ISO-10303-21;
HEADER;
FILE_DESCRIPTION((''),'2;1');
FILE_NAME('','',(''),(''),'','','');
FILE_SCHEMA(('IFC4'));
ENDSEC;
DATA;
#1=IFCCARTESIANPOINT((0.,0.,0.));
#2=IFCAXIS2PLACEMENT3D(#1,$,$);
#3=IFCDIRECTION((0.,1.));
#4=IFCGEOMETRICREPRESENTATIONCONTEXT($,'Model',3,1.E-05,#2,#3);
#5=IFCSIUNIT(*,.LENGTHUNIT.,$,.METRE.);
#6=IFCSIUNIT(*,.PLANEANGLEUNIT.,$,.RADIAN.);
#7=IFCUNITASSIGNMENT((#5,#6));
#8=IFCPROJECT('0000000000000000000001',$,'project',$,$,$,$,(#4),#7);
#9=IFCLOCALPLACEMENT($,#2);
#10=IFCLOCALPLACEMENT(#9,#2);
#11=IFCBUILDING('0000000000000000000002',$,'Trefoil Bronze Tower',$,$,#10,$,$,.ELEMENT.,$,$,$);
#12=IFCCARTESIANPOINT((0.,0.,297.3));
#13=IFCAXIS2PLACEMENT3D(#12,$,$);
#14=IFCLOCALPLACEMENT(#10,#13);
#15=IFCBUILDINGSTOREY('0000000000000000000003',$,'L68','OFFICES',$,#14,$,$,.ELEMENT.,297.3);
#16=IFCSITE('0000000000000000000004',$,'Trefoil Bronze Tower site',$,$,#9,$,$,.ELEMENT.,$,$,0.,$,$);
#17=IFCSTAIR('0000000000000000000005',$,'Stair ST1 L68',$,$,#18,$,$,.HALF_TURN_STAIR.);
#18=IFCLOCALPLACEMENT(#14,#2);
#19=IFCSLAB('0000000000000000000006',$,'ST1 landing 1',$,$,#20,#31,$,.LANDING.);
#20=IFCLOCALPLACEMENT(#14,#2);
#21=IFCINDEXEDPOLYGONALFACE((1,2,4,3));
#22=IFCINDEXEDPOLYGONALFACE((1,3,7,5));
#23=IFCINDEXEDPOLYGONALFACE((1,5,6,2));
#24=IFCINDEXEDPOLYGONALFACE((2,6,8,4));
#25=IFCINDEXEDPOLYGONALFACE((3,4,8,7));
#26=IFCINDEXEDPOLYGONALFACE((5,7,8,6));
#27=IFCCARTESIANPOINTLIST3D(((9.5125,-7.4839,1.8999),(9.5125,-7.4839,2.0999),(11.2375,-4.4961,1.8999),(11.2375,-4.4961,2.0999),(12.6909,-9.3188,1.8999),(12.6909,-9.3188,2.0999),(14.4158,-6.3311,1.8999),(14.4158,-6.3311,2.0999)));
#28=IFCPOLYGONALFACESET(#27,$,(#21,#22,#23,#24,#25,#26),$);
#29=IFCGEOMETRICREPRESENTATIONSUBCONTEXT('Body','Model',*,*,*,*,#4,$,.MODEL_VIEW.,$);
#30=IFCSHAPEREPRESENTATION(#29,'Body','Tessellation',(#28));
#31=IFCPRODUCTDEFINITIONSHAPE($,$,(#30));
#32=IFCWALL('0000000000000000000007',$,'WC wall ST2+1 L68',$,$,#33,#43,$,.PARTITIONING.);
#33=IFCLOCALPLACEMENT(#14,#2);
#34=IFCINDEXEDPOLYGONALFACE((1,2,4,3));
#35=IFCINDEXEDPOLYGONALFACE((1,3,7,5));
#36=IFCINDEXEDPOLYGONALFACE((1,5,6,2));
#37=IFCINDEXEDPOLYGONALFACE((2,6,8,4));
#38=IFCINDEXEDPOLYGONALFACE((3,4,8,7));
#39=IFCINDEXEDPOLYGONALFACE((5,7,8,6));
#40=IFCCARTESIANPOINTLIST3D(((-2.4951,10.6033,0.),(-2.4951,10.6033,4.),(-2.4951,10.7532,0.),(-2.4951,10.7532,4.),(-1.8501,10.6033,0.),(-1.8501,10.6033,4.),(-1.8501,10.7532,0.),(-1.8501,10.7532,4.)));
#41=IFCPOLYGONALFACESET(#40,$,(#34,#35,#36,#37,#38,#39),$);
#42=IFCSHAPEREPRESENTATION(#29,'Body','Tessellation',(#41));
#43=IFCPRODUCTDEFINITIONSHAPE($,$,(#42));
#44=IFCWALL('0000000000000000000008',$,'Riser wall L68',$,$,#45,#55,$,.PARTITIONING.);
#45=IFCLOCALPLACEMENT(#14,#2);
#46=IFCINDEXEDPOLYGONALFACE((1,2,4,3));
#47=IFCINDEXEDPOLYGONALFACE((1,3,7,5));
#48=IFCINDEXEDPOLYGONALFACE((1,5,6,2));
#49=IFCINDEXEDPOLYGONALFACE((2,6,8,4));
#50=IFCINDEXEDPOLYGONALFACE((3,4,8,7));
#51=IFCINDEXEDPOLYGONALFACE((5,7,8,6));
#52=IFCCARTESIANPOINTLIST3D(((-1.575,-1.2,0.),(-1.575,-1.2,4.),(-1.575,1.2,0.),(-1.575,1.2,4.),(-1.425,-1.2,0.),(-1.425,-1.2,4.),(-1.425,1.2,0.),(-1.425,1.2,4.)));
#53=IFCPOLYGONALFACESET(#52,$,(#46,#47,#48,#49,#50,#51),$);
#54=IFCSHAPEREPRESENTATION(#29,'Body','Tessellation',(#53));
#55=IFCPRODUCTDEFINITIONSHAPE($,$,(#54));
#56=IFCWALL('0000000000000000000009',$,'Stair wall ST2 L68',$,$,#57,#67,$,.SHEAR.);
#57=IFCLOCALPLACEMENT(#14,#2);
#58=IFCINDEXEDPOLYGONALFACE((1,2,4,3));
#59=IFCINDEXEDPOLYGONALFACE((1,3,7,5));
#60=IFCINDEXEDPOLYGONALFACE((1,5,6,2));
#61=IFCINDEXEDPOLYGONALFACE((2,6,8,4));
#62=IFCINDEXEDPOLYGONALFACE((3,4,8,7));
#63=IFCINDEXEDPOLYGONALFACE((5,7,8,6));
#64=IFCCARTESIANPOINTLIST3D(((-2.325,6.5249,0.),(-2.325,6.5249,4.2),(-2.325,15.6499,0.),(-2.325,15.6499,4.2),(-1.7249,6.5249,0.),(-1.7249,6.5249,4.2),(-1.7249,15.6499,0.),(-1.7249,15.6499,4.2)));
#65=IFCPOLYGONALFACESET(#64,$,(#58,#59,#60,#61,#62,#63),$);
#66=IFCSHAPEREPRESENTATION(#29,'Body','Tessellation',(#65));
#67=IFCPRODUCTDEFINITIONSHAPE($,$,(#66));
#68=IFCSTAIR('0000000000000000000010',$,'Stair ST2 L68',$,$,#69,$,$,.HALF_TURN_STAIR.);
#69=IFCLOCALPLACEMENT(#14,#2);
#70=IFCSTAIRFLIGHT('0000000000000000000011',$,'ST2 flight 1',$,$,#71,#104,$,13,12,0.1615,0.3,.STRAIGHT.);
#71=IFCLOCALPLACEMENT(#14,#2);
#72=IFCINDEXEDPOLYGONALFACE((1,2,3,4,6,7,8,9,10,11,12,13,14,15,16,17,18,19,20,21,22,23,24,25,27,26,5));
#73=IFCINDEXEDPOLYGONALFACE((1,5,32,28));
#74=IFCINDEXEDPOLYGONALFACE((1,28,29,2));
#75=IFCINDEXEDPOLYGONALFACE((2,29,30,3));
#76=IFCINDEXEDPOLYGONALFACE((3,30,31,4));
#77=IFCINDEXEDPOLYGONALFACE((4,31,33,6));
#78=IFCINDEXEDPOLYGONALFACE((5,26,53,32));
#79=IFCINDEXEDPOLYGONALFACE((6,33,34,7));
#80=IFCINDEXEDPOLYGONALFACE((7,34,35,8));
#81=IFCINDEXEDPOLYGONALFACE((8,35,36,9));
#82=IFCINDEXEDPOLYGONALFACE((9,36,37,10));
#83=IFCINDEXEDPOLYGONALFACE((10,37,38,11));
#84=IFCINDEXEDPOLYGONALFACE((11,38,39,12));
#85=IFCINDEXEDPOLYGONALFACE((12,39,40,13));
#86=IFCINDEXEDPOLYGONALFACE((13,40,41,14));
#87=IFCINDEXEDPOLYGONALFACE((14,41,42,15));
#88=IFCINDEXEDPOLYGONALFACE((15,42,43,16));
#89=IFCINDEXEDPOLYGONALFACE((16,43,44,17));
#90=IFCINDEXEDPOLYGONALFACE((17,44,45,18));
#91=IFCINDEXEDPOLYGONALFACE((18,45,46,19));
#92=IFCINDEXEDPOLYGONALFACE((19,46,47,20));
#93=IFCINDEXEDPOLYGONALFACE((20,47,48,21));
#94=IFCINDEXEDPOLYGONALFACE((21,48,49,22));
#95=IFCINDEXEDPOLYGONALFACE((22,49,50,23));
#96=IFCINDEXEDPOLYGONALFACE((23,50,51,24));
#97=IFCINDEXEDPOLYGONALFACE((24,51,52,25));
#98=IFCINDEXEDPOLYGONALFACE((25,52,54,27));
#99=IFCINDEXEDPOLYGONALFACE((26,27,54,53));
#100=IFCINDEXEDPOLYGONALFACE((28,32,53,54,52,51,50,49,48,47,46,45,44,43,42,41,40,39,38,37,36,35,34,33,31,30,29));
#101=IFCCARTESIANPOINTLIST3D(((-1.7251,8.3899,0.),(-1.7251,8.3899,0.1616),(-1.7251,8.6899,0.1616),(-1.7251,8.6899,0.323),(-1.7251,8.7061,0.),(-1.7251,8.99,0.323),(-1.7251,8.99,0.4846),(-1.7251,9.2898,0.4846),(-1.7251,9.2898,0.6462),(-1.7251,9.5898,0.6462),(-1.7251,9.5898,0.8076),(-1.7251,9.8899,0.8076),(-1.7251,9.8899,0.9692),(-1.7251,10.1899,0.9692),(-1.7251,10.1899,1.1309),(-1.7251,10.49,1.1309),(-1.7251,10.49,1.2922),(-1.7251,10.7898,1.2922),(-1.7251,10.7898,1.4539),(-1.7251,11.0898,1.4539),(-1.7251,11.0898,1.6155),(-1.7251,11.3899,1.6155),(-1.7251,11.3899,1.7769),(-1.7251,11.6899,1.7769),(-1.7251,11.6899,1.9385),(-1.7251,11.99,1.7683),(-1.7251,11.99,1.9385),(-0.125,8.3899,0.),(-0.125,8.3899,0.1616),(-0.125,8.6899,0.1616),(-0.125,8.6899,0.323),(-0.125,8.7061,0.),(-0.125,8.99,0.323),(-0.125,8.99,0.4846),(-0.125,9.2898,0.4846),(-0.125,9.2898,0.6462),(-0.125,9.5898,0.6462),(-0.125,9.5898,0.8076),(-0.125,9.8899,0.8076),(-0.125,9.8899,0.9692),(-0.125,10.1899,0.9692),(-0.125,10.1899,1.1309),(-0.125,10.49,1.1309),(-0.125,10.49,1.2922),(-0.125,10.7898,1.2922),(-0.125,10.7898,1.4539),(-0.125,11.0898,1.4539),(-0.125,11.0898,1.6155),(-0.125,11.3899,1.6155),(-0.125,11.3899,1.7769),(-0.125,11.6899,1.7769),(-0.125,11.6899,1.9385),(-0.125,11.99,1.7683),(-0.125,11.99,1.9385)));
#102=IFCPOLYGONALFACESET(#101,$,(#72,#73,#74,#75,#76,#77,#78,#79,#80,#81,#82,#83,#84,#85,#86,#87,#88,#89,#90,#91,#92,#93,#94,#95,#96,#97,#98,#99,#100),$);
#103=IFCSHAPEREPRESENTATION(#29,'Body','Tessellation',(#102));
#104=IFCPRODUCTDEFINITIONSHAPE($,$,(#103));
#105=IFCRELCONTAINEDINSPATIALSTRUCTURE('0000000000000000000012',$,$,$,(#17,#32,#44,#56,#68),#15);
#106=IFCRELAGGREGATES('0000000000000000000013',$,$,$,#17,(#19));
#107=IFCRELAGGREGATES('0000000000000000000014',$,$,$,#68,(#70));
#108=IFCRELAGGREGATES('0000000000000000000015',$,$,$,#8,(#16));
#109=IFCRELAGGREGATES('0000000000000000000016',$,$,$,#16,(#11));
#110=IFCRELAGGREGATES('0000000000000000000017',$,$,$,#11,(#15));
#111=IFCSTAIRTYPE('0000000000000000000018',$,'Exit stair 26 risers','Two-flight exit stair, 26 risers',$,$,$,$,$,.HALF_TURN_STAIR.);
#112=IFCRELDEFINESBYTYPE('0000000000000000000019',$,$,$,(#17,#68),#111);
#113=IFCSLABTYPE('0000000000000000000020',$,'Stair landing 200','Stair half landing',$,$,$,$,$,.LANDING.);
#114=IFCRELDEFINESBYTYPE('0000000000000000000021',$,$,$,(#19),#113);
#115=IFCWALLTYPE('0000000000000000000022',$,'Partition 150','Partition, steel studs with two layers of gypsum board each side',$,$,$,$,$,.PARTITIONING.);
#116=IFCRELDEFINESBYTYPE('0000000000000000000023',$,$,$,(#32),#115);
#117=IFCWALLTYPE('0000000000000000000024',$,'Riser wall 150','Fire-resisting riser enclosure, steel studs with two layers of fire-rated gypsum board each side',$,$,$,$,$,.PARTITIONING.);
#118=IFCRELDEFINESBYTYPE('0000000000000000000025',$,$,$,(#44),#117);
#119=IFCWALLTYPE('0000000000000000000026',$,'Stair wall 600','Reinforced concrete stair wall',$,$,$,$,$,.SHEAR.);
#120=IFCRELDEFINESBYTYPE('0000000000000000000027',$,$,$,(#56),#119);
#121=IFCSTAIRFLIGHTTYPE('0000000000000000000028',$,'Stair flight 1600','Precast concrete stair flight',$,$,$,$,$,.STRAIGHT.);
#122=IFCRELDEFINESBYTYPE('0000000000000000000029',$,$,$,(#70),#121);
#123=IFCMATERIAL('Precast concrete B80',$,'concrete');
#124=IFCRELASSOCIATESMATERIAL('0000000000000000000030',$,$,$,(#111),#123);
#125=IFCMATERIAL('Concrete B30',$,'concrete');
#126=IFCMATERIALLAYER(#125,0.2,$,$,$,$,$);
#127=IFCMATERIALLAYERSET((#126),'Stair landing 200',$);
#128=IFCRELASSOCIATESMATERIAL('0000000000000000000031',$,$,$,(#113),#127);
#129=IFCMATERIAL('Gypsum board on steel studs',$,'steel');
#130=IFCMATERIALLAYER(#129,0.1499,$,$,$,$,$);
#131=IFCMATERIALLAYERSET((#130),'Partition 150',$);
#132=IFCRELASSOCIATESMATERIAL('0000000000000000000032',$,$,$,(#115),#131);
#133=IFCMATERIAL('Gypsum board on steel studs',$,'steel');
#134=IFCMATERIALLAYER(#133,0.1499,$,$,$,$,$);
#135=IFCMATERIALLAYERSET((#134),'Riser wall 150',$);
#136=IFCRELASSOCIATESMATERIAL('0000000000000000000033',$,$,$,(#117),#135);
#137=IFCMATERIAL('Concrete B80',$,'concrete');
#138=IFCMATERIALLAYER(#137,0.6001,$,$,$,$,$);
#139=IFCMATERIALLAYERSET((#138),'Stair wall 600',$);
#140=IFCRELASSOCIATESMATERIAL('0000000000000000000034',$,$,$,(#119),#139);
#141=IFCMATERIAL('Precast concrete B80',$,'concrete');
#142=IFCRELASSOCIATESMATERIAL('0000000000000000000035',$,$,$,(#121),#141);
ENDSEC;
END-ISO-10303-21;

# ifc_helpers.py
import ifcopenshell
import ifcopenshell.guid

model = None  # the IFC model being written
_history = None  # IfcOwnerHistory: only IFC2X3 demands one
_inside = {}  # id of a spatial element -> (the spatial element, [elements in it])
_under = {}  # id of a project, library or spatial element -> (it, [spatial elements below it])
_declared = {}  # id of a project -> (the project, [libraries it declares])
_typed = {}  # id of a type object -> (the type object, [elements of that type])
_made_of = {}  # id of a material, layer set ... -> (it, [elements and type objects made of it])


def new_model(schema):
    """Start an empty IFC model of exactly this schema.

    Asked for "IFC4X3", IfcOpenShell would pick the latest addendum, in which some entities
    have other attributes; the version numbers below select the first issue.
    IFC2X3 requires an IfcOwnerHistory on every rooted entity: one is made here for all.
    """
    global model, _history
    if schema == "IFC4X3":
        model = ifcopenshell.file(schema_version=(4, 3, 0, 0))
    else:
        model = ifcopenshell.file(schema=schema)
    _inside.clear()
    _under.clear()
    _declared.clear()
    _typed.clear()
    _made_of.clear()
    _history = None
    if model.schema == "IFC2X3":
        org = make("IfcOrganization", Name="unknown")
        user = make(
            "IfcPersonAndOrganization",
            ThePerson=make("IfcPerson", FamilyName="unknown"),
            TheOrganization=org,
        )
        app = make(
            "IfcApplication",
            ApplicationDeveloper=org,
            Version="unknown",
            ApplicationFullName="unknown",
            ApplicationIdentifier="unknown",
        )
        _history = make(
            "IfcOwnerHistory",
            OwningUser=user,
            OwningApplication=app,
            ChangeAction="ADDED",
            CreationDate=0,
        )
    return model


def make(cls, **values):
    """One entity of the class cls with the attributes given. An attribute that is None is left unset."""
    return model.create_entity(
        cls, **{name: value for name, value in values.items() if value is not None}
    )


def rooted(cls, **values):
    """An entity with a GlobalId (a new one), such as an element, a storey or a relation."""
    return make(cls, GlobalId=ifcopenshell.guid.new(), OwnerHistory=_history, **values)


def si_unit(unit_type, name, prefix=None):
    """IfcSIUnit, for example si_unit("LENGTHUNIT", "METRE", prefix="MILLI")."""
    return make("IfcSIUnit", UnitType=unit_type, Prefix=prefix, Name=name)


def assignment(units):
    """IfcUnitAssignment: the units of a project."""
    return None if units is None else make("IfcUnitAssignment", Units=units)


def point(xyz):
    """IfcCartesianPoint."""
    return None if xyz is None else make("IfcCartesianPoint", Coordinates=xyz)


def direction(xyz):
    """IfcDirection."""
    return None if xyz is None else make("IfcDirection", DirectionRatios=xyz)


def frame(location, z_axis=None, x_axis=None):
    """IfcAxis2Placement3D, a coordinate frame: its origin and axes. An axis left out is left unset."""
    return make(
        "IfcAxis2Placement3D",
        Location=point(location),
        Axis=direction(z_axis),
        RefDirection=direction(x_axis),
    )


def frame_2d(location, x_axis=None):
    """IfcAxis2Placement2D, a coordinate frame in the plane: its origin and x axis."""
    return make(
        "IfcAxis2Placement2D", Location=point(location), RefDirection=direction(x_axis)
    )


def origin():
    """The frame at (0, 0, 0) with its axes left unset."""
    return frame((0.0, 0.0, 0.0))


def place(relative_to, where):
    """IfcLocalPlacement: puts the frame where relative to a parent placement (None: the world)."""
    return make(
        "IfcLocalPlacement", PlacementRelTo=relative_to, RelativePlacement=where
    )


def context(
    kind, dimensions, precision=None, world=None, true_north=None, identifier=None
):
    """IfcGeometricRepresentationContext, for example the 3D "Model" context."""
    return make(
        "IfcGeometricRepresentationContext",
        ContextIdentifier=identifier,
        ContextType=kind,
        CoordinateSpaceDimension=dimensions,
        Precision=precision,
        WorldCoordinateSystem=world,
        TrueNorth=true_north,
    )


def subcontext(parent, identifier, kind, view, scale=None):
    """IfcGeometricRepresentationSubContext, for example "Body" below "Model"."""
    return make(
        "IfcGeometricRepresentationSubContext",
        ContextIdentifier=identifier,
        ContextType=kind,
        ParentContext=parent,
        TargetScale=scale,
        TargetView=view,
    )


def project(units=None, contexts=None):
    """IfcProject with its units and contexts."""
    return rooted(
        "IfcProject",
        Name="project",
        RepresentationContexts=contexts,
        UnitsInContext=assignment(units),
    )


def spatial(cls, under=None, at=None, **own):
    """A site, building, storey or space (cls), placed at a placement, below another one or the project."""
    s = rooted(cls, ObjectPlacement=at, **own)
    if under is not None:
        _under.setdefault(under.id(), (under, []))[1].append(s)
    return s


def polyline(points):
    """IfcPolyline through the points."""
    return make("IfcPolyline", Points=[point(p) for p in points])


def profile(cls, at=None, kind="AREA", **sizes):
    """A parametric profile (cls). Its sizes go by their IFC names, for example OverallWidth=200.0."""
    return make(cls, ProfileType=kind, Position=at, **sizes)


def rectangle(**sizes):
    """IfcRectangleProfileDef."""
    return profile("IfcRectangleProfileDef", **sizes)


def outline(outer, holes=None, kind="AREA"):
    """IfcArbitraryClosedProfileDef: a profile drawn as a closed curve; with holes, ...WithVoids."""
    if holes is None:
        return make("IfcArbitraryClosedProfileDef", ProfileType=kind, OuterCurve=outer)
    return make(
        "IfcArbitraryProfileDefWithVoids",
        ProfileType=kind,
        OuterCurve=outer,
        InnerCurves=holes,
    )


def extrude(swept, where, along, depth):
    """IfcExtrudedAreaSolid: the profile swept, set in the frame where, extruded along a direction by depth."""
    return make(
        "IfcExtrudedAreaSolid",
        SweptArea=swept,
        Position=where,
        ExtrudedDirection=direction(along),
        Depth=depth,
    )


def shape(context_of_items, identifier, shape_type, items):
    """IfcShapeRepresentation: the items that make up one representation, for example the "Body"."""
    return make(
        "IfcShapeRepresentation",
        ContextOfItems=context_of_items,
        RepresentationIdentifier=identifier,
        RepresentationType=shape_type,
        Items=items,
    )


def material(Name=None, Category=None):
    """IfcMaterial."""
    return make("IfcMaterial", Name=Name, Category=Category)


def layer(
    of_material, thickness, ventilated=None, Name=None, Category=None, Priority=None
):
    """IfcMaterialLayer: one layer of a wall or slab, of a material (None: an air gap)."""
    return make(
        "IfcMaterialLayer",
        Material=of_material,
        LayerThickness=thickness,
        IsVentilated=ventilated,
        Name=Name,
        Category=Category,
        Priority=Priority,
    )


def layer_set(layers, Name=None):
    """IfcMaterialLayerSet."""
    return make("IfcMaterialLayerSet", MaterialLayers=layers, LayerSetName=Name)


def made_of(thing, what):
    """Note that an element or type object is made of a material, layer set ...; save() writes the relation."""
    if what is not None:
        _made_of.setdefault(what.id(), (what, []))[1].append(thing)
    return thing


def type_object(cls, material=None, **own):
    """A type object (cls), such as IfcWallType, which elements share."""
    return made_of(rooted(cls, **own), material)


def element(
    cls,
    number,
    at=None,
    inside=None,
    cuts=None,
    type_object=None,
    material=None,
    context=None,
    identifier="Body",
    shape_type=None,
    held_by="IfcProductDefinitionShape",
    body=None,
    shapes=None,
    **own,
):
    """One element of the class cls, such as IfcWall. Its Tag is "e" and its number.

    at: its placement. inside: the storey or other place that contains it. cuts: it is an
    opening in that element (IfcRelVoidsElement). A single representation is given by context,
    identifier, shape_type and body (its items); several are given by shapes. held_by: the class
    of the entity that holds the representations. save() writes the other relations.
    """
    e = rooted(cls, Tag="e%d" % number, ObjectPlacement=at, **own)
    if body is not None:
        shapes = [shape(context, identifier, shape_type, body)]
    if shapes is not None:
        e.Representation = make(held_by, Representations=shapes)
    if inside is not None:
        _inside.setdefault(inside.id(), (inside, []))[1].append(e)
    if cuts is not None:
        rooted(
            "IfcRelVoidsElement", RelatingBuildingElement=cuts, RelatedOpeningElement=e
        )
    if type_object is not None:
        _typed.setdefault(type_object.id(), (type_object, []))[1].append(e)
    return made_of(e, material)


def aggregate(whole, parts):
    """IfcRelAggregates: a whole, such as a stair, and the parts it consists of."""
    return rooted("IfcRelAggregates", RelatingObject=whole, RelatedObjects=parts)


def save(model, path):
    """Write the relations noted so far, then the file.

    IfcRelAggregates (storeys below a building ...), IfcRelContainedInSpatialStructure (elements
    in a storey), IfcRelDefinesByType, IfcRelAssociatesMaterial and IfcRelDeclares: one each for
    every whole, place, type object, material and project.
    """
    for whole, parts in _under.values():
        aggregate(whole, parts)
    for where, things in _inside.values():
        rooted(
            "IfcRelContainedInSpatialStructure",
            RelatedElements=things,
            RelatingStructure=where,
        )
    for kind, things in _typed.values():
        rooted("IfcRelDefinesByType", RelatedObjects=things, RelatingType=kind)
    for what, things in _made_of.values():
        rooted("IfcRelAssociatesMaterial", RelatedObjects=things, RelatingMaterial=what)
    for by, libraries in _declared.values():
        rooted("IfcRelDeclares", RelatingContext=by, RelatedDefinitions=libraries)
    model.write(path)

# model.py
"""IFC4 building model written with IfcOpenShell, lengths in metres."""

from ifc_helpers import new_model, si_unit, direction, frame, frame_2d, origin, place, context, subcontext, project, spatial, polyline, rectangle, outline, extrude, material, layer, layer_set, type_object, element, aggregate, save


model = new_model("IFC4")

# Units and contexts
model_context = context("Model", 3, precision=1e-05, world=origin(), true_north=direction((0.0, 1.0)))
body_context = subcontext(model_context, "Body", "Model", "MODEL_VIEW")
ifc_project = project(units=[si_unit("LENGTHUNIT", "METRE"), si_unit("PLANEANGLEUNIT", "RADIAN")], contexts=[model_context])

# Site, building, storey
site_placement = place(None, origin())
site = spatial("IfcSite", under=ifc_project, at=site_placement, Name="Trefoil Bronze Tower site", CompositionType="ELEMENT", RefElevation=0.0)
building_placement = place(site_placement, origin())
building = spatial("IfcBuilding", under=site, at=building_placement, Name="Trefoil Bronze Tower", CompositionType="ELEMENT")
storey_placement = place(building_placement, frame((0.0, 0.0, 297.3)))
storey = spatial("IfcBuildingStorey", under=building, at=storey_placement, Name="L68", Description="OFFICES", CompositionType="ELEMENT", Elevation=297.3)

# Stair, slab
ifc_material_1 = material(Name="Precast concrete B80", Category="concrete")
stair_type = type_object("IfcStairType", Name="Exit stair 26 risers", Description="Two-flight exit stair, 26 risers", PredefinedType="HALF_TURN_STAIR", material=ifc_material_1)
stair_1_placement = place(storey_placement, origin())
stair_1 = element("IfcStair", 1, at=stair_1_placement, inside=storey, type_object=stair_type, Name="Stair ST1 L68", PredefinedType="HALF_TURN_STAIR")
ifc_material_2 = material(Name="Concrete B30", Category="concrete")
ifc_layer_1 = layer(ifc_material_2, 0.2)
ifc_layer_set_1 = layer_set([ifc_layer_1], Name="Stair landing 200")
slab_type = type_object("IfcSlabType", Name="Stair landing 200", Description="Stair half landing", PredefinedType="LANDING", material=ifc_layer_set_1)
slab_placement = place(storey_placement, frame((0.0, 0.0, 1.8999)))
slab = element("IfcSlab", 2, at=slab_placement, type_object=slab_type, Name="ST1 landing 1", PredefinedType="LANDING", context=body_context, shape_type="SweptSolid", body=[
    extrude(outline(polyline([(9.5125, -7.4839), (12.6909, -9.3188), (14.4158, -6.3311), (11.2375, -4.4961), (9.5125, -7.4839)])), origin(), (0.0, 0.0, 1.0), 0.2),
])
aggregate(stair_1, [slab])

# Walls
ifc_material_3 = material(Name="Gypsum board on steel studs", Category="steel")
ifc_layer_2 = layer(ifc_material_3, 0.1499)
ifc_layer_set_2 = layer_set([ifc_layer_2], Name="Partition 150")
wall_type_1 = type_object("IfcWallType", Name="Partition 150", Description="Partition, steel studs with two layers of gypsum board each side", PredefinedType="PARTITIONING", material=ifc_layer_set_2)
wall_1_placement = place(storey_placement, frame((-2.4951, 10.6782, 0.0), z_axis=(0.0, 0.0, 1.0), x_axis=(1.0, 0.0, 0.0)))
element("IfcWall", 3, at=wall_1_placement, inside=storey, type_object=wall_type_1, Name="WC wall ST2+1 L68", PredefinedType="PARTITIONING", context=body_context, shape_type="SweptSolid", body=[
    extrude(rectangle(XDim=0.645, YDim=0.1499, at=frame_2d((0.3225, 0.0))), origin(), (0.0, 0.0, 1.0), 4.0),
])
ifc_material_4 = material(Name="Gypsum board on steel studs", Category="steel")
ifc_layer_3 = layer(ifc_material_4, 0.1499)
ifc_layer_set_3 = layer_set([ifc_layer_3], Name="Riser wall 150")
wall_type_2 = type_object("IfcWallType", Name="Riser wall 150", Description="Fire-resisting riser enclosure, steel studs with two layers of fire-rated gypsum board each side", PredefinedType="PARTITIONING", material=ifc_layer_set_3)
wall_2_placement = place(storey_placement, frame((-1.5, 1.2, 0.0), z_axis=(0.0, 0.0, 1.0), x_axis=(0.0, -1.0, 0.0)))
element("IfcWall", 4, at=wall_2_placement, inside=storey, type_object=wall_type_2, Name="Riser wall L68", PredefinedType="PARTITIONING", context=body_context, shape_type="SweptSolid", body=[
    extrude(rectangle(XDim=2.3999, YDim=0.1499, at=frame_2d((1.2, 0.0))), origin(), (0.0, 0.0, 1.0), 4.0),
])
ifc_material_5 = material(Name="Concrete B80", Category="concrete")
ifc_layer_4 = layer(ifc_material_5, 0.6001)
ifc_layer_set_4 = layer_set([ifc_layer_4], Name="Stair wall 600")
wall_type_3 = type_object("IfcWallType", Name="Stair wall 600", Description="Reinforced concrete stair wall", PredefinedType="SHEAR", material=ifc_layer_set_4)
wall_3_placement = place(storey_placement, frame((-2.0249, 6.5249, 0.0), z_axis=(0.0, 0.0, 1.0), x_axis=(0.0, 1.0, 0.0)))
element("IfcWall", 5, at=wall_3_placement, inside=storey, type_object=wall_type_3, Name="Stair wall ST2 L68", PredefinedType="SHEAR", context=body_context, shape_type="SweptSolid", body=[
    extrude(rectangle(XDim=9.125, YDim=0.6001, at=frame_2d((4.5625, 0.0))), origin(), (0.0, 0.0, 1.0), 4.2),
])

# Stair, stair flight
stair_2_placement = place(storey_placement, origin())
stair_2 = element("IfcStair", 6, at=stair_2_placement, inside=storey, type_object=stair_type, Name="Stair ST2 L68", PredefinedType="HALF_TURN_STAIR")
ifc_material_6 = material(Name="Precast concrete B80", Category="concrete")
stair_flight_type = type_object("IfcStairFlightType", Name="Stair flight 1600", Description="Precast concrete stair flight", PredefinedType="STRAIGHT", material=ifc_material_6)
stair_flight_placement = place(storey_placement, frame((-0.925, 8.3899, 0.0), z_axis=(0.0, 0.0, 1.0), x_axis=(0.0, 1.0, 0.0)))
stair_flight = element("IfcStairFlight", 7, at=stair_flight_placement, type_object=stair_flight_type, Name="ST2 flight 1", NumberOfRisers=13, NumberOfTreads=12, PredefinedType="STRAIGHT", RiserHeight=0.1615, TreadLength=0.3, context=body_context, shape_type="SweptSolid", body=[
    extrude(outline(polyline([(0.0, 0.0), (0.0, 0.1616), (0.3, 0.1616), (0.3, 0.323), (0.6001, 0.323), (0.6001, 0.4846), (0.8999, 0.4846), (0.8999, 0.6462), (1.2, 0.6462), (1.2, 0.8076), (1.5, 0.8076), (1.5, 0.9692), (1.8, 0.9692), (1.8, 1.1309), (2.1001, 1.1309), (2.1001, 1.2922), (2.3999, 1.2922), (2.3999, 1.4539), (2.7, 1.4539), (2.7, 1.6155), (3.0, 1.6155), (3.0, 1.7769), (3.3, 1.7769), (3.3, 1.9385), (3.6001, 1.9385), (3.6001, 2.1001), (3.6001, 1.7683), (0.3162, 0.0), (0.0, 0.0)])), frame((0.0, 0.8, 0.0), z_axis=(0.0, -1.0, 0.0), x_axis=(1.0, 0.0, 0.0)), (0.0, 0.0, 1.0), 1.6001),
])
aggregate(stair_2, [stair_flight])

save(model, "model.ifc")
